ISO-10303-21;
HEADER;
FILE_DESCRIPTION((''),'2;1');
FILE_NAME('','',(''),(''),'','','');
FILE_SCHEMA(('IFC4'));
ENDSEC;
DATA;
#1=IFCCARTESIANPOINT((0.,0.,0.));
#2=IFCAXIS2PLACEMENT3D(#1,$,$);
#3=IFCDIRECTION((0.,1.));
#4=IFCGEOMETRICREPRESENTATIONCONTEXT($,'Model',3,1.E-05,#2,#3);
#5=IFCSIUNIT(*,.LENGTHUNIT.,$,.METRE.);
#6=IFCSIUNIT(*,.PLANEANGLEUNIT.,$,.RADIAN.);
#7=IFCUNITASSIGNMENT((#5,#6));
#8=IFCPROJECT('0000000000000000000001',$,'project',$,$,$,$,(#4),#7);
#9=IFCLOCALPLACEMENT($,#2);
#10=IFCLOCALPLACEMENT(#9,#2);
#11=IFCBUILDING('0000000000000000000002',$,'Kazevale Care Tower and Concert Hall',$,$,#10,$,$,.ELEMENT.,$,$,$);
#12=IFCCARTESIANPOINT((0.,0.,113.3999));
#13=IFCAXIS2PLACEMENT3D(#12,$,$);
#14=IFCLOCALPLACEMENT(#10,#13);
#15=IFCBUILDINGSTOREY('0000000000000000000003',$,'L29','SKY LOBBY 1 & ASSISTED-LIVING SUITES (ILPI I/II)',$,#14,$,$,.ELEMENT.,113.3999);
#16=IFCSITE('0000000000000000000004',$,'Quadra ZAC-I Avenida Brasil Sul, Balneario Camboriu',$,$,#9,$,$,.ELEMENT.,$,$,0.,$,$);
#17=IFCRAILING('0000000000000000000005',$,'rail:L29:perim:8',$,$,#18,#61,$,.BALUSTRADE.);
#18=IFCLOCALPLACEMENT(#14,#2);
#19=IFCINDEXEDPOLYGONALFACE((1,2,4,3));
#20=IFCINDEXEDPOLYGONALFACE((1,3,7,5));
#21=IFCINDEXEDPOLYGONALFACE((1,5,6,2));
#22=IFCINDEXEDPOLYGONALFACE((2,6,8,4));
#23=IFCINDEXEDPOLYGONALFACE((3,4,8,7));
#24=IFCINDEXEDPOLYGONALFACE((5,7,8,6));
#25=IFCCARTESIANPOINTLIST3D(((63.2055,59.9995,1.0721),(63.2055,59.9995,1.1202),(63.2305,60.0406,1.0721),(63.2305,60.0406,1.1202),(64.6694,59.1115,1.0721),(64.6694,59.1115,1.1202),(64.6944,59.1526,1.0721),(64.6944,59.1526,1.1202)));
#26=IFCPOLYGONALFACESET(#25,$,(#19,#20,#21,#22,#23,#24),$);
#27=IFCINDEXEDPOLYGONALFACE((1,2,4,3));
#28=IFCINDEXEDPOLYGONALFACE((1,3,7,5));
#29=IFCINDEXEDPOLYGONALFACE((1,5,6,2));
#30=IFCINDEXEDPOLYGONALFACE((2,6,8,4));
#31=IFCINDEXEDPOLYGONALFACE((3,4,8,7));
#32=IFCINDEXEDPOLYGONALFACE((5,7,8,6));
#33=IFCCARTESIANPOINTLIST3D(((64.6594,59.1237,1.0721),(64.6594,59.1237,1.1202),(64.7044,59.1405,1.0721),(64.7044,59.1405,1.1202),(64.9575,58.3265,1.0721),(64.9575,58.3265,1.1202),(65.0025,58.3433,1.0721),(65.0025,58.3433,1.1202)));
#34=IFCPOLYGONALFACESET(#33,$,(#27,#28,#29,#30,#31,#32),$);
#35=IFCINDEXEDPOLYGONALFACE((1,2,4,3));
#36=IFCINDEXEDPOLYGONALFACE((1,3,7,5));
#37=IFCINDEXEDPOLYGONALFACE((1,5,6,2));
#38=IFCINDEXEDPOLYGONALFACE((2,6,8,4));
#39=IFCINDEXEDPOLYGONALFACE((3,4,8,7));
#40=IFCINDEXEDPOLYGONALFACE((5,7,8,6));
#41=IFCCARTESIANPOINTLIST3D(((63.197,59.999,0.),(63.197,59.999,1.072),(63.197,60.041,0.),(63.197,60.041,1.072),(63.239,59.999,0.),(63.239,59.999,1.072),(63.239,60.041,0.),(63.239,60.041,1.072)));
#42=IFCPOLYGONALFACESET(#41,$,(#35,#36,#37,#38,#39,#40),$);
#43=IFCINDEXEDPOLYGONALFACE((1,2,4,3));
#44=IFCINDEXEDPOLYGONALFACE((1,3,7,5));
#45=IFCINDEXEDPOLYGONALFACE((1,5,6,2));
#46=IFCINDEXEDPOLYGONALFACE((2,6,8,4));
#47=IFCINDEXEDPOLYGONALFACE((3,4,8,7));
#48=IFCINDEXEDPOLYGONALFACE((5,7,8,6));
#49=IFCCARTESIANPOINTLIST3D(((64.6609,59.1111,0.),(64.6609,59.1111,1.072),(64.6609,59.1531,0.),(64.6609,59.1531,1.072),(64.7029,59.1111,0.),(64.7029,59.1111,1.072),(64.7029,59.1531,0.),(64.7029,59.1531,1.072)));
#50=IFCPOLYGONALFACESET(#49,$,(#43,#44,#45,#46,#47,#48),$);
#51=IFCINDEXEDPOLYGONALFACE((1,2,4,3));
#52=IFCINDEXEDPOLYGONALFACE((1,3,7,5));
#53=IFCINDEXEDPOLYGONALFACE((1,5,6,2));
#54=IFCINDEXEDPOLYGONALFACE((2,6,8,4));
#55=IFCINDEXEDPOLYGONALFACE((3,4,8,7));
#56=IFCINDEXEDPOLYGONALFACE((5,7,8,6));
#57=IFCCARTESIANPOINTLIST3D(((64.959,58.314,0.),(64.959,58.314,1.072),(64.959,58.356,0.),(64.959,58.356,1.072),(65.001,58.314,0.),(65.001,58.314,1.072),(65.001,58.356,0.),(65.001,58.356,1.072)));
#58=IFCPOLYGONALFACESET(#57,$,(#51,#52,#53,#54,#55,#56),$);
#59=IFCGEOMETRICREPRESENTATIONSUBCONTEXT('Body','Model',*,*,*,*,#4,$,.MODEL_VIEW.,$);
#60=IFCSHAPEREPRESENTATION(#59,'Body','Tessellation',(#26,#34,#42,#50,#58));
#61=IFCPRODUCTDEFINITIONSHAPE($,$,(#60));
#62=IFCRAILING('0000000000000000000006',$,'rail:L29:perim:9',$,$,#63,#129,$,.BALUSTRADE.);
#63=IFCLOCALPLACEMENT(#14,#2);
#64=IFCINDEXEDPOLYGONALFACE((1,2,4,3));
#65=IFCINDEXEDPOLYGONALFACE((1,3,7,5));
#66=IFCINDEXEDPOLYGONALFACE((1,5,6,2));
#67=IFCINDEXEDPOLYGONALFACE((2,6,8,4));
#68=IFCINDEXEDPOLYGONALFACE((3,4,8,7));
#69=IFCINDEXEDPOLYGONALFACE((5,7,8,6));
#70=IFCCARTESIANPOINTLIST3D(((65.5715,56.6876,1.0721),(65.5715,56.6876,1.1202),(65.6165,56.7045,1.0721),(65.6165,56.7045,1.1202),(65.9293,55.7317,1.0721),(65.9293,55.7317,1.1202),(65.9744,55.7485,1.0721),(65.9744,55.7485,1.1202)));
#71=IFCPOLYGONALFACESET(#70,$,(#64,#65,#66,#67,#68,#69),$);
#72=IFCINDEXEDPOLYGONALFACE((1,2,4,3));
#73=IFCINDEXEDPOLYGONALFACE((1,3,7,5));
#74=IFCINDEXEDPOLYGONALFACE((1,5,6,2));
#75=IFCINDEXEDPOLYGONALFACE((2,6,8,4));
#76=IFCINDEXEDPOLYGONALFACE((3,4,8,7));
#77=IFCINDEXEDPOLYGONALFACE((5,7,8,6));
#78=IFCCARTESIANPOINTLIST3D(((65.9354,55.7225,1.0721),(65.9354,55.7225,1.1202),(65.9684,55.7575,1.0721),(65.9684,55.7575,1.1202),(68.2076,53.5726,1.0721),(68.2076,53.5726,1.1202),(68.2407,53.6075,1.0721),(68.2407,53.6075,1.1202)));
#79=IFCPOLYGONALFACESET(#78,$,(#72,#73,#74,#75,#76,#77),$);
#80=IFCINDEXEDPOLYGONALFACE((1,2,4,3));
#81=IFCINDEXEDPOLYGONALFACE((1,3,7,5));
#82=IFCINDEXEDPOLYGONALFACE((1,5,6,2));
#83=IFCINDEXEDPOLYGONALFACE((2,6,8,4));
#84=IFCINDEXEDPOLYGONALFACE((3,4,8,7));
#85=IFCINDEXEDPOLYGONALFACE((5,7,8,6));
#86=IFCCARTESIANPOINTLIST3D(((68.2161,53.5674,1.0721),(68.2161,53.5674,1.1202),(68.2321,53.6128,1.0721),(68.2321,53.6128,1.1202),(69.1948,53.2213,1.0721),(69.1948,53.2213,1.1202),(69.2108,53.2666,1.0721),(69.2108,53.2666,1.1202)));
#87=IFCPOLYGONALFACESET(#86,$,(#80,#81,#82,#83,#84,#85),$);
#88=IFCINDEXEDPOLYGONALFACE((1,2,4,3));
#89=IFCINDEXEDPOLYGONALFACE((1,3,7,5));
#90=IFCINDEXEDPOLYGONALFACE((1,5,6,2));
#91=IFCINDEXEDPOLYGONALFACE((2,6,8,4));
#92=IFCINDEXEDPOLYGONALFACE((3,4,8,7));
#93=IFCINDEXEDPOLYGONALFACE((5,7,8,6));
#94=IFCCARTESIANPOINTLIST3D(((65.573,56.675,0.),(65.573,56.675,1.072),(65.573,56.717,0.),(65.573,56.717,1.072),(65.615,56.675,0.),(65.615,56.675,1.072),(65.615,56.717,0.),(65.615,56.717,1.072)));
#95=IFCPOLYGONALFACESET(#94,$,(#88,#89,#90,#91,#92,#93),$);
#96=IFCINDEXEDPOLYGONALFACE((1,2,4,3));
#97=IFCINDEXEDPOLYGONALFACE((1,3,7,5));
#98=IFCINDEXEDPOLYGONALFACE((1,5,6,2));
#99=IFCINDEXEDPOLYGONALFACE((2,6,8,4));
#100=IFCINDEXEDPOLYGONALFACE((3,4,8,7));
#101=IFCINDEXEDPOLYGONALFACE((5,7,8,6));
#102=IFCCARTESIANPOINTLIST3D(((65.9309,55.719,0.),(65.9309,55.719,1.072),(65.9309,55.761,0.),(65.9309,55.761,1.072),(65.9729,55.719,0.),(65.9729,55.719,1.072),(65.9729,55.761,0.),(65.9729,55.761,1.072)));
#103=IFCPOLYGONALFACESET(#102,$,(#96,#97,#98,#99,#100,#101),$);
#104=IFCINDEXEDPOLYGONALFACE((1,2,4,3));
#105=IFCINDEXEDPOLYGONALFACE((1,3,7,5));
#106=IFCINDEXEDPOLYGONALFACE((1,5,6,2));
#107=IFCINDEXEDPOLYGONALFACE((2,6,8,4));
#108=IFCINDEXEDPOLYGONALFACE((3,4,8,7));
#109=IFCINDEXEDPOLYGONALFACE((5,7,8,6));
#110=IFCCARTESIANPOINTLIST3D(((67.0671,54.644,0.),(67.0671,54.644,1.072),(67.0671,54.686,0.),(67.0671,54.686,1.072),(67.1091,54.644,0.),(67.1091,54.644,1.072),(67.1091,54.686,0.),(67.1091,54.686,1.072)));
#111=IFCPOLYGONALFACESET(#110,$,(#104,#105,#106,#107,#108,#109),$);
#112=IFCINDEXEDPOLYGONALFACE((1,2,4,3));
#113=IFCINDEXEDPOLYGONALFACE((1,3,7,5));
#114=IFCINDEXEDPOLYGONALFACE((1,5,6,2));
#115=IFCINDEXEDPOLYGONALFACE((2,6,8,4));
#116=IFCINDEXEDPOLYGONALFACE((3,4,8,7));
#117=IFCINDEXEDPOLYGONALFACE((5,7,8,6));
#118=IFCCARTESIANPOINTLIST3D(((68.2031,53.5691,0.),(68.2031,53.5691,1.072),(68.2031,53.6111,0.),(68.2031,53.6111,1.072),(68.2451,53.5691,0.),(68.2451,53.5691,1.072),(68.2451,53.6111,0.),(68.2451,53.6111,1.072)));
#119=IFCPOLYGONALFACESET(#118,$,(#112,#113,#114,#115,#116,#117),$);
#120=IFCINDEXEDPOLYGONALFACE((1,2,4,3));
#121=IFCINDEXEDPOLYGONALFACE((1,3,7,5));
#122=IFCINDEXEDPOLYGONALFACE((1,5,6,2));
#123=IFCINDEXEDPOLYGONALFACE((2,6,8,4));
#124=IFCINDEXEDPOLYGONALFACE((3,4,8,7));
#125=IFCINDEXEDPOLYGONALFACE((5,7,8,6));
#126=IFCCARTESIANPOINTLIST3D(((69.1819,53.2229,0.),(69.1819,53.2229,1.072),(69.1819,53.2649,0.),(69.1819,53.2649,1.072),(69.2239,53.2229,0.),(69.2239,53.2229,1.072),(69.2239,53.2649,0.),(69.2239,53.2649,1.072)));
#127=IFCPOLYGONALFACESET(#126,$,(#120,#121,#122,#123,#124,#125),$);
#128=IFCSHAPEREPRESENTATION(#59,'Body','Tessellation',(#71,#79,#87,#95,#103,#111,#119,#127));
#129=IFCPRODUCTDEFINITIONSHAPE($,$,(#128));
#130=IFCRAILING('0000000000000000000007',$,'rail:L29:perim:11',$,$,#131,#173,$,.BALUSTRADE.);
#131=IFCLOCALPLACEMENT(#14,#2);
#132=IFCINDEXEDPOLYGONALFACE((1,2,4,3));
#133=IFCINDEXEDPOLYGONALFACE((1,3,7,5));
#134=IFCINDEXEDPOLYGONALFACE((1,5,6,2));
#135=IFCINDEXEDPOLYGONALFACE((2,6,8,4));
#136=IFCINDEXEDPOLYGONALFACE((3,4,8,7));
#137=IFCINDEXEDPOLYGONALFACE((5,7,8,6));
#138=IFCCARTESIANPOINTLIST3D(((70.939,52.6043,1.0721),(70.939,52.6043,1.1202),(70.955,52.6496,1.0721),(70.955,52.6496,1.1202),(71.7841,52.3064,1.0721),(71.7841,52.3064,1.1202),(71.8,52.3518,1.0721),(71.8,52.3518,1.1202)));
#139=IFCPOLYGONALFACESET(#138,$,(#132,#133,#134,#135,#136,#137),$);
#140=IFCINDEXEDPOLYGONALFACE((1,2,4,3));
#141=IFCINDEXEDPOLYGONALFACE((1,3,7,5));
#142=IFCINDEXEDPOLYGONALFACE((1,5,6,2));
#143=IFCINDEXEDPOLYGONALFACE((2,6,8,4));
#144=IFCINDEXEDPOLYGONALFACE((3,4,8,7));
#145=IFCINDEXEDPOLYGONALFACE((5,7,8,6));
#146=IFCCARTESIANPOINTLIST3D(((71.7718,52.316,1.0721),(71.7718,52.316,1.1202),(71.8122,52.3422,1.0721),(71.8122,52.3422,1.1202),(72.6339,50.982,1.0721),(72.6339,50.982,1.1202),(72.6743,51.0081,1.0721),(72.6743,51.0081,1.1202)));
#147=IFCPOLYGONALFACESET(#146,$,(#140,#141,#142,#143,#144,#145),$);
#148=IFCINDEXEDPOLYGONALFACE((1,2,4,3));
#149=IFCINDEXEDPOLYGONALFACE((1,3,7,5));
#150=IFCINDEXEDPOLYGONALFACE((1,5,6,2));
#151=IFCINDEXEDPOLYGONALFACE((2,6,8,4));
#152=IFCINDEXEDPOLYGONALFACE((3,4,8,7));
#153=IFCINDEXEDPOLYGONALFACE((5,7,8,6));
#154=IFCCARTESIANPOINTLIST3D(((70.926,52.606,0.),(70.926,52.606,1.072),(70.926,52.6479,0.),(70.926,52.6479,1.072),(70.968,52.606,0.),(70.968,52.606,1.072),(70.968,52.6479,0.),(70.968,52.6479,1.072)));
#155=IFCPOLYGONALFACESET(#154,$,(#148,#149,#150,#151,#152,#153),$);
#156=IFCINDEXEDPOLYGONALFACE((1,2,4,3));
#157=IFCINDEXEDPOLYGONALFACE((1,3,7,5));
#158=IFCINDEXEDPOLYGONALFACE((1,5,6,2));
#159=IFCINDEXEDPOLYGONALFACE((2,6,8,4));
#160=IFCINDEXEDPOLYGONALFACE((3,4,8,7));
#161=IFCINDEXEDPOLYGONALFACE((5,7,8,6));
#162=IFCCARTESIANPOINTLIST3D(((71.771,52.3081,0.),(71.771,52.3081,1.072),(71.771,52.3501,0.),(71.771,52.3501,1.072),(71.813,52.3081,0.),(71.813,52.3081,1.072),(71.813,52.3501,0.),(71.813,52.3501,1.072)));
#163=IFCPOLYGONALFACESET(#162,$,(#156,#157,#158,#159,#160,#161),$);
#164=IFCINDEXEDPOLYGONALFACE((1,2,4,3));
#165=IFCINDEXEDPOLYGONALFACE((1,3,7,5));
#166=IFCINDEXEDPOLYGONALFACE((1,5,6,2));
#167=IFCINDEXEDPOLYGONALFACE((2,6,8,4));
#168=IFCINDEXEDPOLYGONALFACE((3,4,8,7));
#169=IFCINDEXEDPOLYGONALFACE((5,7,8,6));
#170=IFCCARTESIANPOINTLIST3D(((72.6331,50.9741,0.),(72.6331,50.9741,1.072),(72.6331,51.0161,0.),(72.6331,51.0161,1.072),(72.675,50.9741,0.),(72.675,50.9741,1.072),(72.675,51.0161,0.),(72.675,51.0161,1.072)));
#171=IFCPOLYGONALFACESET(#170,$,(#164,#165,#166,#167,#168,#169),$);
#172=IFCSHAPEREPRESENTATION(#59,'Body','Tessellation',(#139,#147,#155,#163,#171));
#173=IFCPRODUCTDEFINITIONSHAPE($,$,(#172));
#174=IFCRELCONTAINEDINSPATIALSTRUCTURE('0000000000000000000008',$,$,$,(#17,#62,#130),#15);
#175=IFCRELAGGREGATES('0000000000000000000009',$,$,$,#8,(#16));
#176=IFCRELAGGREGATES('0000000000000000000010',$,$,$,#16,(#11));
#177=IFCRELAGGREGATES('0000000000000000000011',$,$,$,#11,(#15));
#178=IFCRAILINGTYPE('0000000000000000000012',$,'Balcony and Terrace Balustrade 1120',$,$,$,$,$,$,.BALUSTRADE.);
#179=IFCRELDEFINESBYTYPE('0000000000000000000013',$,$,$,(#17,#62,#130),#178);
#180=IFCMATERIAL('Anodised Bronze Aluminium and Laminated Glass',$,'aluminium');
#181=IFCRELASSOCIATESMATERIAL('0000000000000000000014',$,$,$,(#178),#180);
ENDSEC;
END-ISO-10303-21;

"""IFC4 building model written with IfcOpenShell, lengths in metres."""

from ifc_helpers import new_model, si_unit, direction, frame, origin, origin_2d, place, context, subcontext, project, spatial, rectangle, extrude, material, type_object, element, save


model = new_model("IFC4")

# Units and contexts
model_context = context("Model", 3, precision=1e-05, world=origin(), true_north=direction((0.0, 1.0)))
body_context = subcontext(model_context, "Body", "Model", "MODEL_VIEW")
ifc_project = project(units=[si_unit("LENGTHUNIT", "METRE"), si_unit("PLANEANGLEUNIT", "RADIAN")], contexts=[model_context])

# Site, building, storey
site_placement = place(None, origin())
site = spatial("IfcSite", under=ifc_project, at=site_placement, Name="Quadra ZAC-I Avenida Brasil Sul, Balneario Camboriu", CompositionType="ELEMENT", RefElevation=0.0)
building_placement = place(site_placement, origin())
building = spatial("IfcBuilding", under=site, at=building_placement, Name="Kazevale Care Tower and Concert Hall", CompositionType="ELEMENT")
storey_placement = place(building_placement, frame((0.0, 0.0, 113.3999)))
storey = spatial("IfcBuildingStorey", under=building, at=storey_placement, Name="L29", Description="SKY LOBBY 1 & ASSISTED-LIVING SUITES (ILPI I/II)", CompositionType="ELEMENT", Elevation=113.3999)

# Railings
ifc_material_1 = material(Name="Anodised Bronze Aluminium and Laminated Glass", Category="aluminium")
railing_type = type_object("IfcRailingType", Name="Balcony and Terrace Balustrade 1120", PredefinedType="BALUSTRADE", material=ifc_material_1)
railing_1_placement = place(storey_placement, frame((63.218, 60.02, 0.0)))
element("IfcRailing", 1, at=railing_1_placement, inside=storey, type_object=railing_type, Name="rail:L29:perim:8", PredefinedType="BALUSTRADE", context=body_context, shape_type="SweptSolid", body=[
    extrude(rectangle(XDim=0.0481, YDim=0.0481, at=origin_2d()), frame((0.0, 0.0, 1.0962), z_axis=(0.855004, -0.518621, 0.0), x_axis=(0.518621, 0.855004, 0.0)), (0.0, 0.0, 1.0), 1.7122),
    extrude(rectangle(XDim=0.0481, YDim=0.0481, at=origin_2d()), frame((1.4639, -0.8879, 1.0962), z_axis=(0.350274, -0.936647, 0.0), x_axis=(0.936647, 0.350274, 0.0)), (0.0, 0.0, 1.0), 0.8511),
    extrude(rectangle(XDim=0.042, YDim=0.042, at=origin_2d()), origin(), (0.0, 0.0, 1.0), 1.072),
    extrude(rectangle(XDim=0.042, YDim=0.042, at=origin_2d()), frame((1.4639, -0.8879, 0.0)), (0.0, 0.0, 1.0), 1.072),
    extrude(rectangle(XDim=0.042, YDim=0.042, at=origin_2d()), frame((1.762, -1.6851, 0.0)), (0.0, 0.0, 1.0), 1.072),
])
railing_2_placement = place(storey_placement, frame((65.594, 56.696, 0.0)))
element("IfcRailing", 2, at=railing_2_placement, inside=storey, type_object=railing_type, Name="rail:L29:perim:9", PredefinedType="BALUSTRADE", context=body_context, shape_type="SweptSolid", body=[
    extrude(rectangle(XDim=0.0481, YDim=0.0481, at=origin_2d()), frame((0.0, 0.0, 1.0962), z_axis=(0.350599, -0.936526, 0.0), x_axis=(0.936526, 0.350599, 0.0)), (0.0, 0.0, 1.0), 1.0208),
    extrude(rectangle(XDim=0.0481, YDim=0.0481, at=origin_2d()), frame((0.3579, -0.9561, 1.0962), z_axis=(0.726387, -0.687286, 0.0), x_axis=(0.687286, 0.726387, 0.0)), (0.0, 0.0, 1.0), 3.1282),
    extrude(rectangle(XDim=0.0481, YDim=0.0481, at=origin_2d()), frame((2.6301, -3.106, 1.0962), z_axis=(0.942764, -0.33346, 0.0), x_axis=(0.33346, 0.942764, 0.0)), (0.0, 0.0, 1.0), 1.0381),
    extrude(rectangle(XDim=0.042, YDim=0.042, at=origin_2d()), origin(), (0.0, 0.0, 1.0), 1.072),
    extrude(rectangle(XDim=0.042, YDim=0.042, at=origin_2d()), frame((0.3579, -0.9561, 0.0)), (0.0, 0.0, 1.0), 1.072),
    extrude(rectangle(XDim=0.042, YDim=0.042, at=origin_2d()), frame((1.4941, -2.031, 0.0)), (0.0, 0.0, 1.0), 1.072),
    extrude(rectangle(XDim=0.042, YDim=0.042, at=origin_2d()), frame((2.6301, -3.106, 0.0)), (0.0, 0.0, 1.0), 1.072),
    extrude(rectangle(XDim=0.042, YDim=0.042, at=origin_2d()), frame((3.6089, -3.4521, 0.0)), (0.0, 0.0, 1.0), 1.072),
])
railing_3_placement = place(storey_placement, frame((70.947, 52.627, 0.0)))
element("IfcRailing", 3, at=railing_3_placement, inside=storey, type_object=railing_type, Name="rail:L29:perim:11", PredefinedType="BALUSTRADE", context=body_context, shape_type="SweptSolid", body=[
    extrude(rectangle(XDim=0.0481, YDim=0.0481, at=origin_2d()), frame((0.0, 0.0, 1.0962), z_axis=(0.943121, -0.332449, 0.0), x_axis=(0.332449, 0.943121, 0.0)), (0.0, 0.0, 1.0), 0.896),
    extrude(rectangle(XDim=0.0481, YDim=0.0481, at=origin_2d()), frame((0.845, -0.2979, 1.0962), z_axis=(0.54276, -0.839888, 0.0), x_axis=(0.839888, 0.54276, 0.0)), (0.0, 0.0, 1.0), 1.5884),
    extrude(rectangle(XDim=0.042, YDim=0.042, at=origin_2d()), origin(), (0.0, 0.0, 1.0), 1.072),
    extrude(rectangle(XDim=0.042, YDim=0.042, at=origin_2d()), frame((0.845, -0.2979, 0.0)), (0.0, 0.0, 1.0), 1.072),
    extrude(rectangle(XDim=0.042, YDim=0.042, at=origin_2d()), frame((1.707, -1.6318, 0.0)), (0.0, 0.0, 1.0), 1.072),
])

save(model, "model.ifc")
